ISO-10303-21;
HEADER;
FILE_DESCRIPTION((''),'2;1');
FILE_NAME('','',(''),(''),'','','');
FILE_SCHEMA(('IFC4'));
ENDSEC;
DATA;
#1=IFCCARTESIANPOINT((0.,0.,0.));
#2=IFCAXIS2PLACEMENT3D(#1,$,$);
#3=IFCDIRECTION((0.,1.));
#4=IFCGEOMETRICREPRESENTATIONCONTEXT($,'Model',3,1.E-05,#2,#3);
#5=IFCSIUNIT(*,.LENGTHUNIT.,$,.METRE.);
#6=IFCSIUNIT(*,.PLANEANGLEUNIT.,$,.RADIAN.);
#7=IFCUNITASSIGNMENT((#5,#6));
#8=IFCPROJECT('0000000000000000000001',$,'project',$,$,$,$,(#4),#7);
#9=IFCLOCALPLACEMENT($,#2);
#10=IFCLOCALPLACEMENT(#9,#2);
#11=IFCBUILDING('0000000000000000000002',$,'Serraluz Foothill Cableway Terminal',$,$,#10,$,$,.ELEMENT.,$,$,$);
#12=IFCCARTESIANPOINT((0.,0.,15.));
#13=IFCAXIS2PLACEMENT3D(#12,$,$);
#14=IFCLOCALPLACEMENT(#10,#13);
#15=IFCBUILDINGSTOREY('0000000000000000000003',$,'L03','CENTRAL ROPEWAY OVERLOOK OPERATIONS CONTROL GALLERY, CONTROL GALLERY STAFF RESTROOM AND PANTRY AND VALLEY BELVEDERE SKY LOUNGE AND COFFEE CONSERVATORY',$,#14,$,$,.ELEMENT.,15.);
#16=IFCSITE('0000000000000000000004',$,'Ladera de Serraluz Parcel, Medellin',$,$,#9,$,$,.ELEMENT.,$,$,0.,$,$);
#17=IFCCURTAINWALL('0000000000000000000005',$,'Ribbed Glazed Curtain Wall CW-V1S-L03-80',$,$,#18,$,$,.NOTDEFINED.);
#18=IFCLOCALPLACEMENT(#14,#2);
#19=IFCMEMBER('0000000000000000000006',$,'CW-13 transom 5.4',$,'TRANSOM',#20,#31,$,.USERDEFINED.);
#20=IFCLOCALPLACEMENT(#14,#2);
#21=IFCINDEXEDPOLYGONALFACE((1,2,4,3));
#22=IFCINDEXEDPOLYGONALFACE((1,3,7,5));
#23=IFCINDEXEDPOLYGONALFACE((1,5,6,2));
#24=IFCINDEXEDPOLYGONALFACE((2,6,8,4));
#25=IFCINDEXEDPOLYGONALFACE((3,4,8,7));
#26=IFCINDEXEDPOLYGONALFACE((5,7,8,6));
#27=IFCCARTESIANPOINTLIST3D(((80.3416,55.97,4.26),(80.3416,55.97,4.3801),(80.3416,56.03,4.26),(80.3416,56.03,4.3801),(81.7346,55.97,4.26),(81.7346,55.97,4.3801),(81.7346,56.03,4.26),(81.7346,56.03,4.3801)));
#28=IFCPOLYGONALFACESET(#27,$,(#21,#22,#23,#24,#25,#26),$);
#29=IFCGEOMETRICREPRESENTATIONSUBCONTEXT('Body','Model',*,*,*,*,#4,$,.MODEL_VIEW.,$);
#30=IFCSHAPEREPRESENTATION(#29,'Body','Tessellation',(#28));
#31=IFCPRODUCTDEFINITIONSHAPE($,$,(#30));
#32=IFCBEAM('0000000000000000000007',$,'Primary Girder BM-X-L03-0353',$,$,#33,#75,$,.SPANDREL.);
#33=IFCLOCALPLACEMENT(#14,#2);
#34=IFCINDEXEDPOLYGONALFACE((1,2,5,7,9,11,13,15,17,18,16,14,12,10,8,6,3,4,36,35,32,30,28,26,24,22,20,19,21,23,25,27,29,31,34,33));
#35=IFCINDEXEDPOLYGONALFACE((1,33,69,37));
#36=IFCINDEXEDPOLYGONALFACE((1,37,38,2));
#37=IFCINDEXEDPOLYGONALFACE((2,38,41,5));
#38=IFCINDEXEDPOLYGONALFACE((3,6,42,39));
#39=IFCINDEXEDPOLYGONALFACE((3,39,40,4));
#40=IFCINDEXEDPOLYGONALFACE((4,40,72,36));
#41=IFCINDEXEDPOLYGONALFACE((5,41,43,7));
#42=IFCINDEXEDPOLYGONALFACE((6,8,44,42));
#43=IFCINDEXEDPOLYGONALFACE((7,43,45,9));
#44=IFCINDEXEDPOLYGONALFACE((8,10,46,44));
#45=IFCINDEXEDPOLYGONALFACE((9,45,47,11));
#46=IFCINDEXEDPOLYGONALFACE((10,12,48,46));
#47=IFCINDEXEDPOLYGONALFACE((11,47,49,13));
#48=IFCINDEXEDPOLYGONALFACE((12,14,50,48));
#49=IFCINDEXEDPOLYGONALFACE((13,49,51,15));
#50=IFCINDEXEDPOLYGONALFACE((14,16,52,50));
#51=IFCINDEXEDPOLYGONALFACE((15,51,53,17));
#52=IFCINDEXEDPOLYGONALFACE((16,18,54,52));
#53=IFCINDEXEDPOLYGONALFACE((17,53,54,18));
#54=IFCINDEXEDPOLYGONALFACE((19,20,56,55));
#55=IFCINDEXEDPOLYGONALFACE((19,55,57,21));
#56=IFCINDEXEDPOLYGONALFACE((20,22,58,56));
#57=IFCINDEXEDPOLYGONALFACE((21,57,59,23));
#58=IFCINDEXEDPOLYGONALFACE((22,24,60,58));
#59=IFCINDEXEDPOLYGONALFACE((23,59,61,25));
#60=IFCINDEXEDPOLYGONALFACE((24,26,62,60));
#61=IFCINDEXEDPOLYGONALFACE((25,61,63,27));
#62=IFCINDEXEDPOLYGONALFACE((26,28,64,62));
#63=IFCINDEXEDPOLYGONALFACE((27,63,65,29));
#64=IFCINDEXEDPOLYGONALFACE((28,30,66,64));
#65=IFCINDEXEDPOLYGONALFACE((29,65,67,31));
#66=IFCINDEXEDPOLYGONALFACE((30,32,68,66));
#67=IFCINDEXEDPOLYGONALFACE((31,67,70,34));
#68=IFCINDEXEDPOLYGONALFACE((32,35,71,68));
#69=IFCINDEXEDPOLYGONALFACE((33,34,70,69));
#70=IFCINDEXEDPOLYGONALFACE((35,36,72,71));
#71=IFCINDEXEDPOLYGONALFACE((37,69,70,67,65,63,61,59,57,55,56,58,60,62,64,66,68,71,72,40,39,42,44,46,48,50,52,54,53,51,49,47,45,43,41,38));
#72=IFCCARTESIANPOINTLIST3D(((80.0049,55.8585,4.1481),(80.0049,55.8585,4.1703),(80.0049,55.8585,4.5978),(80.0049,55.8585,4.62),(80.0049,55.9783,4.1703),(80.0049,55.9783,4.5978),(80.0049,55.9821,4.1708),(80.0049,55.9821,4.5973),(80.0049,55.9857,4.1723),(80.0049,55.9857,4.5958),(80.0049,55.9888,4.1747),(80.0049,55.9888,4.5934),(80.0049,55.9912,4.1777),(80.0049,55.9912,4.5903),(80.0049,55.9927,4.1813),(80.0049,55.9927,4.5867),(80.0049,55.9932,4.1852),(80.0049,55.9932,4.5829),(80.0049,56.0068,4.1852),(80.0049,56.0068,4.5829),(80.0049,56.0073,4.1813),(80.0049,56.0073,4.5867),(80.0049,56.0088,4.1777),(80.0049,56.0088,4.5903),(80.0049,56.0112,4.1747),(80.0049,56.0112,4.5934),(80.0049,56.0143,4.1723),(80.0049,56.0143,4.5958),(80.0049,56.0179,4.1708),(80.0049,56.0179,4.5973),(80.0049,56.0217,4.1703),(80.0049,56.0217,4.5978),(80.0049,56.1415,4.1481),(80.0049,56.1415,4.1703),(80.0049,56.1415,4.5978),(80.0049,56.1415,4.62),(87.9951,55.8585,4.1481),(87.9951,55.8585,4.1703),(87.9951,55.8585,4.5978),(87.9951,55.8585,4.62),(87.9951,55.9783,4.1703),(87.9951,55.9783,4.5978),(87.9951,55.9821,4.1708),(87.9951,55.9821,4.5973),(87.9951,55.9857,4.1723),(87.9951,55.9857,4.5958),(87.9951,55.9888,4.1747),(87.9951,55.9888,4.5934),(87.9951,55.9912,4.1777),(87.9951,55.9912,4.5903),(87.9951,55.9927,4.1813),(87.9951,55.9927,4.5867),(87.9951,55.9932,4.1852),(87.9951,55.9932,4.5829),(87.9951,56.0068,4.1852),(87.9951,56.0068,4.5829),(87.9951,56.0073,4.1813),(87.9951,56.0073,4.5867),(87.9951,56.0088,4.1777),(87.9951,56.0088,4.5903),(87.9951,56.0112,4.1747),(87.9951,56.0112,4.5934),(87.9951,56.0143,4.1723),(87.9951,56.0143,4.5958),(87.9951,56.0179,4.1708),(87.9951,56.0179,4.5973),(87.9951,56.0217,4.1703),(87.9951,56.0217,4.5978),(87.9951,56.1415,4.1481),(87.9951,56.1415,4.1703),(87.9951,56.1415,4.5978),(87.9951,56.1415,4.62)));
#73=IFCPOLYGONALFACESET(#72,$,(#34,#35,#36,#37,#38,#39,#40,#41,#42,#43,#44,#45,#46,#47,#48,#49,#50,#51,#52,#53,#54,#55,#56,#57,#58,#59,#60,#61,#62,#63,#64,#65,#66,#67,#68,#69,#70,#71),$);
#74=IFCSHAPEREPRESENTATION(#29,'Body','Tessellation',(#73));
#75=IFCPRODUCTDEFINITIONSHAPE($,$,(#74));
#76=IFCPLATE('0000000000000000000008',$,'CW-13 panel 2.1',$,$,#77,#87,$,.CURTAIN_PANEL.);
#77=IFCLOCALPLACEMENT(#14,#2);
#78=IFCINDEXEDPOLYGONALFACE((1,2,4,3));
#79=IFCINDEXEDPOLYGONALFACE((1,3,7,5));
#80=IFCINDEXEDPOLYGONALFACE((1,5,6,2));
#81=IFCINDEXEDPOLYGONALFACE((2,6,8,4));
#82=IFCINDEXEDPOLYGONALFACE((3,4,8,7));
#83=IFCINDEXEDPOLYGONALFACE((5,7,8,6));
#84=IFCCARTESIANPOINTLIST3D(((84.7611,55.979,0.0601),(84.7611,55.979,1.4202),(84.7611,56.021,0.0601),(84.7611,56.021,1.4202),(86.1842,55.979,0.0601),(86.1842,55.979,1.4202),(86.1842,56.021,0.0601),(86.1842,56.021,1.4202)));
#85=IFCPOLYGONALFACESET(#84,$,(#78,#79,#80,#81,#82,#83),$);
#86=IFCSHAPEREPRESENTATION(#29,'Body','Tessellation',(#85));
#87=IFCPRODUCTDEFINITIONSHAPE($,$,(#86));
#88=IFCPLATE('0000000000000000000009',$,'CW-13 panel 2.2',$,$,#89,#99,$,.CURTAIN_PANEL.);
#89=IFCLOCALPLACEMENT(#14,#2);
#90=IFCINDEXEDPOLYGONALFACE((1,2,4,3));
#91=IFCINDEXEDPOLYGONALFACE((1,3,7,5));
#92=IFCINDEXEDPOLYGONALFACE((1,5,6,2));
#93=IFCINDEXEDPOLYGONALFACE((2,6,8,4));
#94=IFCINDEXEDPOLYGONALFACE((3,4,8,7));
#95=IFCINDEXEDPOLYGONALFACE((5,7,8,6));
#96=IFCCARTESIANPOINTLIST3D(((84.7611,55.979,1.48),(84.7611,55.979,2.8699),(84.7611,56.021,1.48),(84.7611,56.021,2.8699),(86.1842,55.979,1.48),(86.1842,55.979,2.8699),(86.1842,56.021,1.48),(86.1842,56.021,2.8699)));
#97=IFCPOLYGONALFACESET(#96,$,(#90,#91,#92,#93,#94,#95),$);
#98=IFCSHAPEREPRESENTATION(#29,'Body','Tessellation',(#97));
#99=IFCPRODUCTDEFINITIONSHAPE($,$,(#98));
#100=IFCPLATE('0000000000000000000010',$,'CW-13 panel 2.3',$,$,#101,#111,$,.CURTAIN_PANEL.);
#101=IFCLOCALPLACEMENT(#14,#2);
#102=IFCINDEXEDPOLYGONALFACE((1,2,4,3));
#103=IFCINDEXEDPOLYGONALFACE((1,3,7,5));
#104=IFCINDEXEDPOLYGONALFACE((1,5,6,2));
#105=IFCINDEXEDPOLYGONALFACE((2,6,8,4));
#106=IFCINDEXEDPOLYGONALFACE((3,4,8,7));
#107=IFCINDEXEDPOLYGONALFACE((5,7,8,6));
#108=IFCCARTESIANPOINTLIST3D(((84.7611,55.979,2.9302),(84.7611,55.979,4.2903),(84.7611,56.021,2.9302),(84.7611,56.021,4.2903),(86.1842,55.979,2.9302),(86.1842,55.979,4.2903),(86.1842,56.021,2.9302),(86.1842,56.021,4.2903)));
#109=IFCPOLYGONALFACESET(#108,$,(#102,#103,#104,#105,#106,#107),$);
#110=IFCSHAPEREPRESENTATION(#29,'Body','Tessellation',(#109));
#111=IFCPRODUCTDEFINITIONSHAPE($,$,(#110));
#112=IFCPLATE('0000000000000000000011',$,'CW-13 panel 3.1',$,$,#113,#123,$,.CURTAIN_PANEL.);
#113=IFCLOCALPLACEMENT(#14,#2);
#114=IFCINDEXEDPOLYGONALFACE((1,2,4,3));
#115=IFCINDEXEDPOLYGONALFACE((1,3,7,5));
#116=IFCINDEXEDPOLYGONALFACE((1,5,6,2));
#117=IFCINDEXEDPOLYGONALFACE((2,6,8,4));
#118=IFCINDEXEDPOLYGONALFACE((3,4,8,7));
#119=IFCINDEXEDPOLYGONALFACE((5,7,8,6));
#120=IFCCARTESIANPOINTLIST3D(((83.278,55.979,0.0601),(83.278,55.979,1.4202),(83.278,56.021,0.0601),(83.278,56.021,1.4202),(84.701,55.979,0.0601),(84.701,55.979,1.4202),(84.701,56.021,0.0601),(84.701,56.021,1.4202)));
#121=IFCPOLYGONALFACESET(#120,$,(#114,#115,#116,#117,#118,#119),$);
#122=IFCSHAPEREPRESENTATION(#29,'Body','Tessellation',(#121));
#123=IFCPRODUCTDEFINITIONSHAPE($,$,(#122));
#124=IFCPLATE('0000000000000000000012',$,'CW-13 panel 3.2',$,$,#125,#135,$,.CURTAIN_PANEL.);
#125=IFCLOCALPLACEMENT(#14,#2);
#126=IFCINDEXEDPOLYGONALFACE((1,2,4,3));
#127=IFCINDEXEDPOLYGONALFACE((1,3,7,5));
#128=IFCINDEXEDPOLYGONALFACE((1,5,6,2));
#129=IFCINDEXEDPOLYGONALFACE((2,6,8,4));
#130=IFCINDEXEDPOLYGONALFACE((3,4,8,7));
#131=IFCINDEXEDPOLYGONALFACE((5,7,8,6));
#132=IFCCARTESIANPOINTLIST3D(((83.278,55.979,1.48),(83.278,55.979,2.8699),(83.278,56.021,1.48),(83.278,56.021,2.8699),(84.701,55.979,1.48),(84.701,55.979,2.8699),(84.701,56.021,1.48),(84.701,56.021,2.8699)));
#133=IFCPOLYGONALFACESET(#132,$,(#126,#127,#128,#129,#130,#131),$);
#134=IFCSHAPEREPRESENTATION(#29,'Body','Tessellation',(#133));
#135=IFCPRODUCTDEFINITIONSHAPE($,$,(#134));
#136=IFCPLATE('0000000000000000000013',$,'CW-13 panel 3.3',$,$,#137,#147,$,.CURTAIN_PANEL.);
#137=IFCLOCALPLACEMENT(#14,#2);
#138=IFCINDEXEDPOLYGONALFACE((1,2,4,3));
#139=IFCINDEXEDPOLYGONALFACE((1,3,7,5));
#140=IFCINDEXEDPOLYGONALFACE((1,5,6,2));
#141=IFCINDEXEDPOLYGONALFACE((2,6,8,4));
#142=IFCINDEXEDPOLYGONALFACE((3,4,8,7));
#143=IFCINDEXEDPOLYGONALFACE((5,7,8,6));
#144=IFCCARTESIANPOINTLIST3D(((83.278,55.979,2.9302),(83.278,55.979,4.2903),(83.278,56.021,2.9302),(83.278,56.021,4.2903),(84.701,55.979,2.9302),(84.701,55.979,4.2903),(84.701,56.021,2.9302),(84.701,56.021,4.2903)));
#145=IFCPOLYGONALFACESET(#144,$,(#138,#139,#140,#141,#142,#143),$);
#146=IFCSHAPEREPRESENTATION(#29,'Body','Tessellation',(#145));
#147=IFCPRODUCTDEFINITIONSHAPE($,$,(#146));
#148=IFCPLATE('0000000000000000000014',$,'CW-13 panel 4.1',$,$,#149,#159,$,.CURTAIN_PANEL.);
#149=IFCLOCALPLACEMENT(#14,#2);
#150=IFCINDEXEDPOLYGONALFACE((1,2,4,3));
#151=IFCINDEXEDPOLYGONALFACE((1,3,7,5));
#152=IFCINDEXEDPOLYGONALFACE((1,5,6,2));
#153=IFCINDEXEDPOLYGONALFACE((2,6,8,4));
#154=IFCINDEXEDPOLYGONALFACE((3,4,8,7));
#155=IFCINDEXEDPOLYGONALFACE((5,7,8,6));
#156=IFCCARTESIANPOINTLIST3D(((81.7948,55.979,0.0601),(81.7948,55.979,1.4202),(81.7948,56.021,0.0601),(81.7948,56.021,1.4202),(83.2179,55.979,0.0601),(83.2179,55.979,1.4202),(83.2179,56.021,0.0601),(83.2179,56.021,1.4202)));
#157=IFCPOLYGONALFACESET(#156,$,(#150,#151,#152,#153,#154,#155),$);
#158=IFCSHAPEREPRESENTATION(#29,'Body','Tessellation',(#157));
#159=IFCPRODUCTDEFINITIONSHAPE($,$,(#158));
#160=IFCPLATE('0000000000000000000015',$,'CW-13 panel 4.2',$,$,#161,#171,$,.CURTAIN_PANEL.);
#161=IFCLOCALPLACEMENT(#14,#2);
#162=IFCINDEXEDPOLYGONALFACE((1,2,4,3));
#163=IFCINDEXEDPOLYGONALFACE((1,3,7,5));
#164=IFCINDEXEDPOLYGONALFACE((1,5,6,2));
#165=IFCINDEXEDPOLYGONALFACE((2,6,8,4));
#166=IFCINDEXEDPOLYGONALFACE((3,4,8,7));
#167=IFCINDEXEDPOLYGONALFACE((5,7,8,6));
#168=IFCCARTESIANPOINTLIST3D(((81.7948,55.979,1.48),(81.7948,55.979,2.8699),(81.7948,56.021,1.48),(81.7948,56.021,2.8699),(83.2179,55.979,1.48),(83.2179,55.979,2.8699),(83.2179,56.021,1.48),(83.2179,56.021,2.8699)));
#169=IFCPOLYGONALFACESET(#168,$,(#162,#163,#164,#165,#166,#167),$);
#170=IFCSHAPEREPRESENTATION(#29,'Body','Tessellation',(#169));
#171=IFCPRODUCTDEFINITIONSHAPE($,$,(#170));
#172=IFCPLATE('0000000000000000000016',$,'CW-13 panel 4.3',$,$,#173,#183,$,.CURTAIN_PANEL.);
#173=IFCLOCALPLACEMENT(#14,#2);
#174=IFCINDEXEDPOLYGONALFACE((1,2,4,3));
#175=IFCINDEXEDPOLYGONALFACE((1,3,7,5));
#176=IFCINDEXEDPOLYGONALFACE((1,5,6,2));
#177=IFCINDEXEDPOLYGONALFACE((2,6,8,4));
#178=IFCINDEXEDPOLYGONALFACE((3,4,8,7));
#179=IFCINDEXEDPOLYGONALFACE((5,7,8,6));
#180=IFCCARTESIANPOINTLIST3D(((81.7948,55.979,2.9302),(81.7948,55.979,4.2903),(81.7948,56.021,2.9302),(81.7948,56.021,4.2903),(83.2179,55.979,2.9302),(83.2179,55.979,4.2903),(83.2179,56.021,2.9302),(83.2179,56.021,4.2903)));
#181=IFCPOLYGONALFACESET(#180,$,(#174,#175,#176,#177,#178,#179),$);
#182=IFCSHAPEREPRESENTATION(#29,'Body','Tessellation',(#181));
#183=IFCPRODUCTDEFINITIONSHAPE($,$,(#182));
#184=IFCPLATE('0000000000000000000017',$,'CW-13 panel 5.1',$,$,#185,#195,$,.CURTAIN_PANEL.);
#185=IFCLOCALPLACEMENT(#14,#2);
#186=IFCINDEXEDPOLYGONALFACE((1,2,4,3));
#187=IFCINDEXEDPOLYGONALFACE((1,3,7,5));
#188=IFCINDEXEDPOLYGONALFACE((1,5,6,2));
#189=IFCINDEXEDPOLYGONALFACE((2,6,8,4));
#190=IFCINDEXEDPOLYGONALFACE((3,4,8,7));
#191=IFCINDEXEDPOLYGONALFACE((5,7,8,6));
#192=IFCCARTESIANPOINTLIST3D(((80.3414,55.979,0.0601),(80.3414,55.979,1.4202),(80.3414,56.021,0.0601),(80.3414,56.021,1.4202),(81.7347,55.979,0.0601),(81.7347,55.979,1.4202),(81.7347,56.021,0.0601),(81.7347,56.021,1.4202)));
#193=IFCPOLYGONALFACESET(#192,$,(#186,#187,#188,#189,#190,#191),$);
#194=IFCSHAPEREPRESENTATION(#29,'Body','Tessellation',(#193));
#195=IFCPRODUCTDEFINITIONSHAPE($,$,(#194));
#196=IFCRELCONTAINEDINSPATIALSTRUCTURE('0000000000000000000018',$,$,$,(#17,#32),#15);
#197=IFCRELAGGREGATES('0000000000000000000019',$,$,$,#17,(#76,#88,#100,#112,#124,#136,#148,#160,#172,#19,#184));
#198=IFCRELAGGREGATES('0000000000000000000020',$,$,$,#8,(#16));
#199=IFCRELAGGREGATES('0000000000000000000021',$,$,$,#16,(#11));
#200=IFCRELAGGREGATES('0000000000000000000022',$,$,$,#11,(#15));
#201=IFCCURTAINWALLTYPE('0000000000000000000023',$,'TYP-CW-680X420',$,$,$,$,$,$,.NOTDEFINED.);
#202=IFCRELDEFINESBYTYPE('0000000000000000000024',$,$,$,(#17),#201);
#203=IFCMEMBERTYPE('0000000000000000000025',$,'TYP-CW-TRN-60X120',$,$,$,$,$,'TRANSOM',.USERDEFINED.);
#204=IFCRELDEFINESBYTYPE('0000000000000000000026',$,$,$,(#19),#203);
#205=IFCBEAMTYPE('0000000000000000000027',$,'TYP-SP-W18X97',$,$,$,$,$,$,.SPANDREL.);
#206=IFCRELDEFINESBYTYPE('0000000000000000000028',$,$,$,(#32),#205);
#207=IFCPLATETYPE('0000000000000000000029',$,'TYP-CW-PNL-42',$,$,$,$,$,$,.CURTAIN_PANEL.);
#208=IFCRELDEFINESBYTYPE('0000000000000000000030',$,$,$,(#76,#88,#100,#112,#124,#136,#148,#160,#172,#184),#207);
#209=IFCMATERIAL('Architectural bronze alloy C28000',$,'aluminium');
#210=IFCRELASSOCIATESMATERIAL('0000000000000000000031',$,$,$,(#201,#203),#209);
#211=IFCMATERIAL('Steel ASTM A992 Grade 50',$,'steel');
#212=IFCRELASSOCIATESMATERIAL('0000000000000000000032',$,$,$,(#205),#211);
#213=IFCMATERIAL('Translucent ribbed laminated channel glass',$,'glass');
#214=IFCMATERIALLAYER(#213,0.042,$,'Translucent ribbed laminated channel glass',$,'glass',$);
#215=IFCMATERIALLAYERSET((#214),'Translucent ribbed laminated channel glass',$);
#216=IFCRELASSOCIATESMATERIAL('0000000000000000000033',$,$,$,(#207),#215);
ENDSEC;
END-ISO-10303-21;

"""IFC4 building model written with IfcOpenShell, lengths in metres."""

from ifc_helpers import new_model, si_unit, direction, frame, origin, origin_2d, place, context, subcontext, project, spatial, rectangle, i_section, extrude, material, layer, layer_set, material_profile, profile_set, type_object, element, aggregate, save


model = new_model("IFC4")

# Units and contexts
model_context = context("Model", 3, precision=1e-05, world=origin(), true_north=direction((0.0, 1.0)))
body_context = subcontext(model_context, "Body", "Model", "MODEL_VIEW")
ifc_project = project(units=[si_unit("LENGTHUNIT", "METRE"), si_unit("PLANEANGLEUNIT", "RADIAN")], contexts=[model_context])

# Site, building, storey
site_placement = place(None, origin())
site = spatial("IfcSite", under=ifc_project, at=site_placement, Name="Ladera de Serraluz Parcel, Medellin", CompositionType="ELEMENT", RefElevation=0.0)
building_placement = place(site_placement, origin())
building = spatial("IfcBuilding", under=site, at=building_placement, Name="Serraluz Foothill Cableway Terminal", CompositionType="ELEMENT")
storey_placement = place(building_placement, frame((0.0, 0.0, 15.0)))
storey = spatial("IfcBuildingStorey", under=building, at=storey_placement, Name="L03", Description="CENTRAL ROPEWAY OVERLOOK OPERATIONS CONTROL GALLERY, CONTROL GALLERY STAFF RESTROOM AND PANTRY AND VALLEY BELVEDERE SKY LOUNGE AND COFFEE CONSERVATORY", CompositionType="ELEMENT", Elevation=15.0)

# Curtain wall, member
ifc_material_1 = material(Name="Architectural bronze alloy C28000", Category="aluminium")
curtain_wall_type = type_object("IfcCurtainWallType", Name="TYP-CW-680X420", PredefinedType="NOTDEFINED", material=ifc_material_1)
curtain_wall_placement = place(storey_placement, origin())
curtain_wall = element("IfcCurtainWall", 1, at=curtain_wall_placement, inside=storey, type_object=curtain_wall_type, Name="Ribbed Glazed Curtain Wall CW-V1S-L03-80", PredefinedType="NOTDEFINED")
ifc_material_profile_1 = material_profile(ifc_material_1, rectangle(XDim=0.0601, YDim=0.1201, at=origin_2d()), Name="ALU TRANSOM 60x120")
ifc_profile_set_1 = profile_set([ifc_material_profile_1], Name="Architectural bronze alloy C28000")
member_type_1 = type_object("IfcMemberType", Name="TYP-CW-TRN-60X120", ElementType="TRANSOM", PredefinedType="USERDEFINED", material=ifc_profile_set_1)
member_1_placement = place(storey_placement, frame((81.7346, 56.0, 4.3201), z_axis=(-1.0, 0.0, 0.0), x_axis=(0.0, -1.0, 0.0)))
member_1 = element("IfcMember", 2, at=member_1_placement, type_object=member_type_1, Name="CW-13 transom 5.4", ObjectType="TRANSOM", PredefinedType="USERDEFINED", context=body_context, shape_type="SweptSolid", body=[
    extrude(rectangle(XDim=0.0601, YDim=0.1201, at=origin_2d()), origin(), (0.0, 0.0, 1.0), 1.3931),
])

# Beam
ifc_material_2 = material(Name="Steel ASTM A992 Grade 50", Category="steel")
ifc_material_profile_2 = material_profile(ifc_material_2, i_section(OverallWidth=0.283, OverallDepth=0.4719, WebThickness=0.0137, FlangeThickness=0.0222, FilletRadius=0.0149, at=origin_2d()), Name="W18X97")
ifc_profile_set_2 = profile_set([ifc_material_profile_2], Name="Steel ASTM A992 Grade 50")
beam_type = type_object("IfcBeamType", Name="TYP-SP-W18X97", PredefinedType="SPANDREL", material=ifc_profile_set_2)
beam_placement = place(storey_placement, frame((80.0049, 56.0, 4.384), z_axis=(1.0, 0.0, 0.0), x_axis=(0.0, 1.0, 0.0)))
element("IfcBeam", 3, at=beam_placement, inside=storey, type_object=beam_type, Name="Primary Girder BM-X-L03-0353", PredefinedType="SPANDREL", context=body_context, shape_type="SweptSolid", body=[
    extrude(i_section(OverallWidth=0.283, OverallDepth=0.4719, WebThickness=0.0137, FlangeThickness=0.0222, FilletRadius=0.0149, at=origin_2d()), origin(), (0.0, 0.0, 1.0), 7.9902),
])

# Plates
ifc_material_3 = material(Name="Translucent ribbed laminated channel glass", Category="glass")
ifc_layer_1 = layer(ifc_material_3, 0.042, Name="Translucent ribbed laminated channel glass", Category="glass")
ifc_layer_set_1 = layer_set([ifc_layer_1], Name="Translucent ribbed laminated channel glass")
plate_type = type_object("IfcPlateType", Name="TYP-CW-PNL-42", PredefinedType="CURTAIN_PANEL", material=ifc_layer_set_1)
plate_1_placement = place(storey_placement, frame((85.4727, 56.0, 0.0601), z_axis=(0.0, 0.0, 1.0), x_axis=(-1.0, 0.0, 0.0)))
plate_1 = element("IfcPlate", 4, at=plate_1_placement, type_object=plate_type, Name="CW-13 panel 2.1", PredefinedType="CURTAIN_PANEL", context=body_context, shape_type="SweptSolid", body=[
    extrude(rectangle(XDim=1.4231, YDim=0.042, at=origin_2d()), origin(), (0.0, 0.0, 1.0), 1.3601),
])
plate_2_placement = place(storey_placement, frame((85.4727, 56.0, 1.48), z_axis=(0.0, 0.0, 1.0), x_axis=(-1.0, 0.0, 0.0)))
plate_2 = element("IfcPlate", 5, at=plate_2_placement, type_object=plate_type, Name="CW-13 panel 2.2", PredefinedType="CURTAIN_PANEL", context=body_context, shape_type="SweptSolid", body=[
    extrude(rectangle(XDim=1.4231, YDim=0.042, at=origin_2d()), origin(), (0.0, 0.0, 1.0), 1.3899),
])
plate_3_placement = place(storey_placement, frame((85.4727, 56.0, 2.9302), z_axis=(0.0, 0.0, 1.0), x_axis=(-1.0, 0.0, 0.0)))
plate_3 = element("IfcPlate", 6, at=plate_3_placement, type_object=plate_type, Name="CW-13 panel 2.3", PredefinedType="CURTAIN_PANEL", context=body_context, shape_type="SweptSolid", body=[
    extrude(rectangle(XDim=1.4231, YDim=0.042, at=origin_2d()), origin(), (0.0, 0.0, 1.0), 1.3601),
])
plate_4_placement = place(storey_placement, frame((83.9895, 56.0, 0.0601), z_axis=(0.0, 0.0, 1.0), x_axis=(-1.0, 0.0, 0.0)))
plate_4 = element("IfcPlate", 7, at=plate_4_placement, type_object=plate_type, Name="CW-13 panel 3.1", PredefinedType="CURTAIN_PANEL", context=body_context, shape_type="SweptSolid", body=[
    extrude(rectangle(XDim=1.4231, YDim=0.042, at=origin_2d()), origin(), (0.0, 0.0, 1.0), 1.3601),
])
plate_5_placement = place(storey_placement, frame((83.9895, 56.0, 1.48), z_axis=(0.0, 0.0, 1.0), x_axis=(-1.0, 0.0, 0.0)))
plate_5 = element("IfcPlate", 8, at=plate_5_placement, type_object=plate_type, Name="CW-13 panel 3.2", PredefinedType="CURTAIN_PANEL", context=body_context, shape_type="SweptSolid", body=[
    extrude(rectangle(XDim=1.4231, YDim=0.042, at=origin_2d()), origin(), (0.0, 0.0, 1.0), 1.3899),
])
plate_6_placement = place(storey_placement, frame((83.9895, 56.0, 2.9302), z_axis=(0.0, 0.0, 1.0), x_axis=(-1.0, 0.0, 0.0)))
plate_6 = element("IfcPlate", 9, at=plate_6_placement, type_object=plate_type, Name="CW-13 panel 3.3", PredefinedType="CURTAIN_PANEL", context=body_context, shape_type="SweptSolid", body=[
    extrude(rectangle(XDim=1.4231, YDim=0.042, at=origin_2d()), origin(), (0.0, 0.0, 1.0), 1.3601),
])
plate_7_placement = place(storey_placement, frame((82.5063, 56.0, 0.0601), z_axis=(0.0, 0.0, 1.0), x_axis=(-1.0, 0.0, 0.0)))
plate_7 = element("IfcPlate", 10, at=plate_7_placement, type_object=plate_type, Name="CW-13 panel 4.1", PredefinedType="CURTAIN_PANEL", context=body_context, shape_type="SweptSolid", body=[
    extrude(rectangle(XDim=1.4231, YDim=0.042, at=origin_2d()), origin(), (0.0, 0.0, 1.0), 1.3601),
])
plate_8_placement = place(storey_placement, frame((82.5063, 56.0, 1.48), z_axis=(0.0, 0.0, 1.0), x_axis=(-1.0, 0.0, 0.0)))
plate_8 = element("IfcPlate", 11, at=plate_8_placement, type_object=plate_type, Name="CW-13 panel 4.2", PredefinedType="CURTAIN_PANEL", context=body_context, shape_type="SweptSolid", body=[
    extrude(rectangle(XDim=1.4231, YDim=0.042, at=origin_2d()), origin(), (0.0, 0.0, 1.0), 1.3899),
])
plate_9_placement = place(storey_placement, frame((82.5063, 56.0, 2.9302), z_axis=(0.0, 0.0, 1.0), x_axis=(-1.0, 0.0, 0.0)))
plate_9 = element("IfcPlate", 12, at=plate_9_placement, type_object=plate_type, Name="CW-13 panel 4.3", PredefinedType="CURTAIN_PANEL", context=body_context, shape_type="SweptSolid", body=[
    extrude(rectangle(XDim=1.4231, YDim=0.042, at=origin_2d()), origin(), (0.0, 0.0, 1.0), 1.3601),
])
plate_10_placement = place(storey_placement, frame((81.0381, 56.0, 0.0601), z_axis=(0.0, 0.0, 1.0), x_axis=(-1.0, 0.0, 0.0)))
plate_10 = element("IfcPlate", 13, at=plate_10_placement, type_object=plate_type, Name="CW-13 panel 5.1", PredefinedType="CURTAIN_PANEL", context=body_context, shape_type="SweptSolid", body=[
    extrude(rectangle(XDim=1.3933, YDim=0.042, at=origin_2d()), origin(), (0.0, 0.0, 1.0), 1.3601),
])
aggregate(curtain_wall, [plate_1, plate_2, plate_3, plate_4, plate_5, plate_6, plate_7, plate_8, plate_9, member_1, plate_10])

save(model, "model.ifc")
